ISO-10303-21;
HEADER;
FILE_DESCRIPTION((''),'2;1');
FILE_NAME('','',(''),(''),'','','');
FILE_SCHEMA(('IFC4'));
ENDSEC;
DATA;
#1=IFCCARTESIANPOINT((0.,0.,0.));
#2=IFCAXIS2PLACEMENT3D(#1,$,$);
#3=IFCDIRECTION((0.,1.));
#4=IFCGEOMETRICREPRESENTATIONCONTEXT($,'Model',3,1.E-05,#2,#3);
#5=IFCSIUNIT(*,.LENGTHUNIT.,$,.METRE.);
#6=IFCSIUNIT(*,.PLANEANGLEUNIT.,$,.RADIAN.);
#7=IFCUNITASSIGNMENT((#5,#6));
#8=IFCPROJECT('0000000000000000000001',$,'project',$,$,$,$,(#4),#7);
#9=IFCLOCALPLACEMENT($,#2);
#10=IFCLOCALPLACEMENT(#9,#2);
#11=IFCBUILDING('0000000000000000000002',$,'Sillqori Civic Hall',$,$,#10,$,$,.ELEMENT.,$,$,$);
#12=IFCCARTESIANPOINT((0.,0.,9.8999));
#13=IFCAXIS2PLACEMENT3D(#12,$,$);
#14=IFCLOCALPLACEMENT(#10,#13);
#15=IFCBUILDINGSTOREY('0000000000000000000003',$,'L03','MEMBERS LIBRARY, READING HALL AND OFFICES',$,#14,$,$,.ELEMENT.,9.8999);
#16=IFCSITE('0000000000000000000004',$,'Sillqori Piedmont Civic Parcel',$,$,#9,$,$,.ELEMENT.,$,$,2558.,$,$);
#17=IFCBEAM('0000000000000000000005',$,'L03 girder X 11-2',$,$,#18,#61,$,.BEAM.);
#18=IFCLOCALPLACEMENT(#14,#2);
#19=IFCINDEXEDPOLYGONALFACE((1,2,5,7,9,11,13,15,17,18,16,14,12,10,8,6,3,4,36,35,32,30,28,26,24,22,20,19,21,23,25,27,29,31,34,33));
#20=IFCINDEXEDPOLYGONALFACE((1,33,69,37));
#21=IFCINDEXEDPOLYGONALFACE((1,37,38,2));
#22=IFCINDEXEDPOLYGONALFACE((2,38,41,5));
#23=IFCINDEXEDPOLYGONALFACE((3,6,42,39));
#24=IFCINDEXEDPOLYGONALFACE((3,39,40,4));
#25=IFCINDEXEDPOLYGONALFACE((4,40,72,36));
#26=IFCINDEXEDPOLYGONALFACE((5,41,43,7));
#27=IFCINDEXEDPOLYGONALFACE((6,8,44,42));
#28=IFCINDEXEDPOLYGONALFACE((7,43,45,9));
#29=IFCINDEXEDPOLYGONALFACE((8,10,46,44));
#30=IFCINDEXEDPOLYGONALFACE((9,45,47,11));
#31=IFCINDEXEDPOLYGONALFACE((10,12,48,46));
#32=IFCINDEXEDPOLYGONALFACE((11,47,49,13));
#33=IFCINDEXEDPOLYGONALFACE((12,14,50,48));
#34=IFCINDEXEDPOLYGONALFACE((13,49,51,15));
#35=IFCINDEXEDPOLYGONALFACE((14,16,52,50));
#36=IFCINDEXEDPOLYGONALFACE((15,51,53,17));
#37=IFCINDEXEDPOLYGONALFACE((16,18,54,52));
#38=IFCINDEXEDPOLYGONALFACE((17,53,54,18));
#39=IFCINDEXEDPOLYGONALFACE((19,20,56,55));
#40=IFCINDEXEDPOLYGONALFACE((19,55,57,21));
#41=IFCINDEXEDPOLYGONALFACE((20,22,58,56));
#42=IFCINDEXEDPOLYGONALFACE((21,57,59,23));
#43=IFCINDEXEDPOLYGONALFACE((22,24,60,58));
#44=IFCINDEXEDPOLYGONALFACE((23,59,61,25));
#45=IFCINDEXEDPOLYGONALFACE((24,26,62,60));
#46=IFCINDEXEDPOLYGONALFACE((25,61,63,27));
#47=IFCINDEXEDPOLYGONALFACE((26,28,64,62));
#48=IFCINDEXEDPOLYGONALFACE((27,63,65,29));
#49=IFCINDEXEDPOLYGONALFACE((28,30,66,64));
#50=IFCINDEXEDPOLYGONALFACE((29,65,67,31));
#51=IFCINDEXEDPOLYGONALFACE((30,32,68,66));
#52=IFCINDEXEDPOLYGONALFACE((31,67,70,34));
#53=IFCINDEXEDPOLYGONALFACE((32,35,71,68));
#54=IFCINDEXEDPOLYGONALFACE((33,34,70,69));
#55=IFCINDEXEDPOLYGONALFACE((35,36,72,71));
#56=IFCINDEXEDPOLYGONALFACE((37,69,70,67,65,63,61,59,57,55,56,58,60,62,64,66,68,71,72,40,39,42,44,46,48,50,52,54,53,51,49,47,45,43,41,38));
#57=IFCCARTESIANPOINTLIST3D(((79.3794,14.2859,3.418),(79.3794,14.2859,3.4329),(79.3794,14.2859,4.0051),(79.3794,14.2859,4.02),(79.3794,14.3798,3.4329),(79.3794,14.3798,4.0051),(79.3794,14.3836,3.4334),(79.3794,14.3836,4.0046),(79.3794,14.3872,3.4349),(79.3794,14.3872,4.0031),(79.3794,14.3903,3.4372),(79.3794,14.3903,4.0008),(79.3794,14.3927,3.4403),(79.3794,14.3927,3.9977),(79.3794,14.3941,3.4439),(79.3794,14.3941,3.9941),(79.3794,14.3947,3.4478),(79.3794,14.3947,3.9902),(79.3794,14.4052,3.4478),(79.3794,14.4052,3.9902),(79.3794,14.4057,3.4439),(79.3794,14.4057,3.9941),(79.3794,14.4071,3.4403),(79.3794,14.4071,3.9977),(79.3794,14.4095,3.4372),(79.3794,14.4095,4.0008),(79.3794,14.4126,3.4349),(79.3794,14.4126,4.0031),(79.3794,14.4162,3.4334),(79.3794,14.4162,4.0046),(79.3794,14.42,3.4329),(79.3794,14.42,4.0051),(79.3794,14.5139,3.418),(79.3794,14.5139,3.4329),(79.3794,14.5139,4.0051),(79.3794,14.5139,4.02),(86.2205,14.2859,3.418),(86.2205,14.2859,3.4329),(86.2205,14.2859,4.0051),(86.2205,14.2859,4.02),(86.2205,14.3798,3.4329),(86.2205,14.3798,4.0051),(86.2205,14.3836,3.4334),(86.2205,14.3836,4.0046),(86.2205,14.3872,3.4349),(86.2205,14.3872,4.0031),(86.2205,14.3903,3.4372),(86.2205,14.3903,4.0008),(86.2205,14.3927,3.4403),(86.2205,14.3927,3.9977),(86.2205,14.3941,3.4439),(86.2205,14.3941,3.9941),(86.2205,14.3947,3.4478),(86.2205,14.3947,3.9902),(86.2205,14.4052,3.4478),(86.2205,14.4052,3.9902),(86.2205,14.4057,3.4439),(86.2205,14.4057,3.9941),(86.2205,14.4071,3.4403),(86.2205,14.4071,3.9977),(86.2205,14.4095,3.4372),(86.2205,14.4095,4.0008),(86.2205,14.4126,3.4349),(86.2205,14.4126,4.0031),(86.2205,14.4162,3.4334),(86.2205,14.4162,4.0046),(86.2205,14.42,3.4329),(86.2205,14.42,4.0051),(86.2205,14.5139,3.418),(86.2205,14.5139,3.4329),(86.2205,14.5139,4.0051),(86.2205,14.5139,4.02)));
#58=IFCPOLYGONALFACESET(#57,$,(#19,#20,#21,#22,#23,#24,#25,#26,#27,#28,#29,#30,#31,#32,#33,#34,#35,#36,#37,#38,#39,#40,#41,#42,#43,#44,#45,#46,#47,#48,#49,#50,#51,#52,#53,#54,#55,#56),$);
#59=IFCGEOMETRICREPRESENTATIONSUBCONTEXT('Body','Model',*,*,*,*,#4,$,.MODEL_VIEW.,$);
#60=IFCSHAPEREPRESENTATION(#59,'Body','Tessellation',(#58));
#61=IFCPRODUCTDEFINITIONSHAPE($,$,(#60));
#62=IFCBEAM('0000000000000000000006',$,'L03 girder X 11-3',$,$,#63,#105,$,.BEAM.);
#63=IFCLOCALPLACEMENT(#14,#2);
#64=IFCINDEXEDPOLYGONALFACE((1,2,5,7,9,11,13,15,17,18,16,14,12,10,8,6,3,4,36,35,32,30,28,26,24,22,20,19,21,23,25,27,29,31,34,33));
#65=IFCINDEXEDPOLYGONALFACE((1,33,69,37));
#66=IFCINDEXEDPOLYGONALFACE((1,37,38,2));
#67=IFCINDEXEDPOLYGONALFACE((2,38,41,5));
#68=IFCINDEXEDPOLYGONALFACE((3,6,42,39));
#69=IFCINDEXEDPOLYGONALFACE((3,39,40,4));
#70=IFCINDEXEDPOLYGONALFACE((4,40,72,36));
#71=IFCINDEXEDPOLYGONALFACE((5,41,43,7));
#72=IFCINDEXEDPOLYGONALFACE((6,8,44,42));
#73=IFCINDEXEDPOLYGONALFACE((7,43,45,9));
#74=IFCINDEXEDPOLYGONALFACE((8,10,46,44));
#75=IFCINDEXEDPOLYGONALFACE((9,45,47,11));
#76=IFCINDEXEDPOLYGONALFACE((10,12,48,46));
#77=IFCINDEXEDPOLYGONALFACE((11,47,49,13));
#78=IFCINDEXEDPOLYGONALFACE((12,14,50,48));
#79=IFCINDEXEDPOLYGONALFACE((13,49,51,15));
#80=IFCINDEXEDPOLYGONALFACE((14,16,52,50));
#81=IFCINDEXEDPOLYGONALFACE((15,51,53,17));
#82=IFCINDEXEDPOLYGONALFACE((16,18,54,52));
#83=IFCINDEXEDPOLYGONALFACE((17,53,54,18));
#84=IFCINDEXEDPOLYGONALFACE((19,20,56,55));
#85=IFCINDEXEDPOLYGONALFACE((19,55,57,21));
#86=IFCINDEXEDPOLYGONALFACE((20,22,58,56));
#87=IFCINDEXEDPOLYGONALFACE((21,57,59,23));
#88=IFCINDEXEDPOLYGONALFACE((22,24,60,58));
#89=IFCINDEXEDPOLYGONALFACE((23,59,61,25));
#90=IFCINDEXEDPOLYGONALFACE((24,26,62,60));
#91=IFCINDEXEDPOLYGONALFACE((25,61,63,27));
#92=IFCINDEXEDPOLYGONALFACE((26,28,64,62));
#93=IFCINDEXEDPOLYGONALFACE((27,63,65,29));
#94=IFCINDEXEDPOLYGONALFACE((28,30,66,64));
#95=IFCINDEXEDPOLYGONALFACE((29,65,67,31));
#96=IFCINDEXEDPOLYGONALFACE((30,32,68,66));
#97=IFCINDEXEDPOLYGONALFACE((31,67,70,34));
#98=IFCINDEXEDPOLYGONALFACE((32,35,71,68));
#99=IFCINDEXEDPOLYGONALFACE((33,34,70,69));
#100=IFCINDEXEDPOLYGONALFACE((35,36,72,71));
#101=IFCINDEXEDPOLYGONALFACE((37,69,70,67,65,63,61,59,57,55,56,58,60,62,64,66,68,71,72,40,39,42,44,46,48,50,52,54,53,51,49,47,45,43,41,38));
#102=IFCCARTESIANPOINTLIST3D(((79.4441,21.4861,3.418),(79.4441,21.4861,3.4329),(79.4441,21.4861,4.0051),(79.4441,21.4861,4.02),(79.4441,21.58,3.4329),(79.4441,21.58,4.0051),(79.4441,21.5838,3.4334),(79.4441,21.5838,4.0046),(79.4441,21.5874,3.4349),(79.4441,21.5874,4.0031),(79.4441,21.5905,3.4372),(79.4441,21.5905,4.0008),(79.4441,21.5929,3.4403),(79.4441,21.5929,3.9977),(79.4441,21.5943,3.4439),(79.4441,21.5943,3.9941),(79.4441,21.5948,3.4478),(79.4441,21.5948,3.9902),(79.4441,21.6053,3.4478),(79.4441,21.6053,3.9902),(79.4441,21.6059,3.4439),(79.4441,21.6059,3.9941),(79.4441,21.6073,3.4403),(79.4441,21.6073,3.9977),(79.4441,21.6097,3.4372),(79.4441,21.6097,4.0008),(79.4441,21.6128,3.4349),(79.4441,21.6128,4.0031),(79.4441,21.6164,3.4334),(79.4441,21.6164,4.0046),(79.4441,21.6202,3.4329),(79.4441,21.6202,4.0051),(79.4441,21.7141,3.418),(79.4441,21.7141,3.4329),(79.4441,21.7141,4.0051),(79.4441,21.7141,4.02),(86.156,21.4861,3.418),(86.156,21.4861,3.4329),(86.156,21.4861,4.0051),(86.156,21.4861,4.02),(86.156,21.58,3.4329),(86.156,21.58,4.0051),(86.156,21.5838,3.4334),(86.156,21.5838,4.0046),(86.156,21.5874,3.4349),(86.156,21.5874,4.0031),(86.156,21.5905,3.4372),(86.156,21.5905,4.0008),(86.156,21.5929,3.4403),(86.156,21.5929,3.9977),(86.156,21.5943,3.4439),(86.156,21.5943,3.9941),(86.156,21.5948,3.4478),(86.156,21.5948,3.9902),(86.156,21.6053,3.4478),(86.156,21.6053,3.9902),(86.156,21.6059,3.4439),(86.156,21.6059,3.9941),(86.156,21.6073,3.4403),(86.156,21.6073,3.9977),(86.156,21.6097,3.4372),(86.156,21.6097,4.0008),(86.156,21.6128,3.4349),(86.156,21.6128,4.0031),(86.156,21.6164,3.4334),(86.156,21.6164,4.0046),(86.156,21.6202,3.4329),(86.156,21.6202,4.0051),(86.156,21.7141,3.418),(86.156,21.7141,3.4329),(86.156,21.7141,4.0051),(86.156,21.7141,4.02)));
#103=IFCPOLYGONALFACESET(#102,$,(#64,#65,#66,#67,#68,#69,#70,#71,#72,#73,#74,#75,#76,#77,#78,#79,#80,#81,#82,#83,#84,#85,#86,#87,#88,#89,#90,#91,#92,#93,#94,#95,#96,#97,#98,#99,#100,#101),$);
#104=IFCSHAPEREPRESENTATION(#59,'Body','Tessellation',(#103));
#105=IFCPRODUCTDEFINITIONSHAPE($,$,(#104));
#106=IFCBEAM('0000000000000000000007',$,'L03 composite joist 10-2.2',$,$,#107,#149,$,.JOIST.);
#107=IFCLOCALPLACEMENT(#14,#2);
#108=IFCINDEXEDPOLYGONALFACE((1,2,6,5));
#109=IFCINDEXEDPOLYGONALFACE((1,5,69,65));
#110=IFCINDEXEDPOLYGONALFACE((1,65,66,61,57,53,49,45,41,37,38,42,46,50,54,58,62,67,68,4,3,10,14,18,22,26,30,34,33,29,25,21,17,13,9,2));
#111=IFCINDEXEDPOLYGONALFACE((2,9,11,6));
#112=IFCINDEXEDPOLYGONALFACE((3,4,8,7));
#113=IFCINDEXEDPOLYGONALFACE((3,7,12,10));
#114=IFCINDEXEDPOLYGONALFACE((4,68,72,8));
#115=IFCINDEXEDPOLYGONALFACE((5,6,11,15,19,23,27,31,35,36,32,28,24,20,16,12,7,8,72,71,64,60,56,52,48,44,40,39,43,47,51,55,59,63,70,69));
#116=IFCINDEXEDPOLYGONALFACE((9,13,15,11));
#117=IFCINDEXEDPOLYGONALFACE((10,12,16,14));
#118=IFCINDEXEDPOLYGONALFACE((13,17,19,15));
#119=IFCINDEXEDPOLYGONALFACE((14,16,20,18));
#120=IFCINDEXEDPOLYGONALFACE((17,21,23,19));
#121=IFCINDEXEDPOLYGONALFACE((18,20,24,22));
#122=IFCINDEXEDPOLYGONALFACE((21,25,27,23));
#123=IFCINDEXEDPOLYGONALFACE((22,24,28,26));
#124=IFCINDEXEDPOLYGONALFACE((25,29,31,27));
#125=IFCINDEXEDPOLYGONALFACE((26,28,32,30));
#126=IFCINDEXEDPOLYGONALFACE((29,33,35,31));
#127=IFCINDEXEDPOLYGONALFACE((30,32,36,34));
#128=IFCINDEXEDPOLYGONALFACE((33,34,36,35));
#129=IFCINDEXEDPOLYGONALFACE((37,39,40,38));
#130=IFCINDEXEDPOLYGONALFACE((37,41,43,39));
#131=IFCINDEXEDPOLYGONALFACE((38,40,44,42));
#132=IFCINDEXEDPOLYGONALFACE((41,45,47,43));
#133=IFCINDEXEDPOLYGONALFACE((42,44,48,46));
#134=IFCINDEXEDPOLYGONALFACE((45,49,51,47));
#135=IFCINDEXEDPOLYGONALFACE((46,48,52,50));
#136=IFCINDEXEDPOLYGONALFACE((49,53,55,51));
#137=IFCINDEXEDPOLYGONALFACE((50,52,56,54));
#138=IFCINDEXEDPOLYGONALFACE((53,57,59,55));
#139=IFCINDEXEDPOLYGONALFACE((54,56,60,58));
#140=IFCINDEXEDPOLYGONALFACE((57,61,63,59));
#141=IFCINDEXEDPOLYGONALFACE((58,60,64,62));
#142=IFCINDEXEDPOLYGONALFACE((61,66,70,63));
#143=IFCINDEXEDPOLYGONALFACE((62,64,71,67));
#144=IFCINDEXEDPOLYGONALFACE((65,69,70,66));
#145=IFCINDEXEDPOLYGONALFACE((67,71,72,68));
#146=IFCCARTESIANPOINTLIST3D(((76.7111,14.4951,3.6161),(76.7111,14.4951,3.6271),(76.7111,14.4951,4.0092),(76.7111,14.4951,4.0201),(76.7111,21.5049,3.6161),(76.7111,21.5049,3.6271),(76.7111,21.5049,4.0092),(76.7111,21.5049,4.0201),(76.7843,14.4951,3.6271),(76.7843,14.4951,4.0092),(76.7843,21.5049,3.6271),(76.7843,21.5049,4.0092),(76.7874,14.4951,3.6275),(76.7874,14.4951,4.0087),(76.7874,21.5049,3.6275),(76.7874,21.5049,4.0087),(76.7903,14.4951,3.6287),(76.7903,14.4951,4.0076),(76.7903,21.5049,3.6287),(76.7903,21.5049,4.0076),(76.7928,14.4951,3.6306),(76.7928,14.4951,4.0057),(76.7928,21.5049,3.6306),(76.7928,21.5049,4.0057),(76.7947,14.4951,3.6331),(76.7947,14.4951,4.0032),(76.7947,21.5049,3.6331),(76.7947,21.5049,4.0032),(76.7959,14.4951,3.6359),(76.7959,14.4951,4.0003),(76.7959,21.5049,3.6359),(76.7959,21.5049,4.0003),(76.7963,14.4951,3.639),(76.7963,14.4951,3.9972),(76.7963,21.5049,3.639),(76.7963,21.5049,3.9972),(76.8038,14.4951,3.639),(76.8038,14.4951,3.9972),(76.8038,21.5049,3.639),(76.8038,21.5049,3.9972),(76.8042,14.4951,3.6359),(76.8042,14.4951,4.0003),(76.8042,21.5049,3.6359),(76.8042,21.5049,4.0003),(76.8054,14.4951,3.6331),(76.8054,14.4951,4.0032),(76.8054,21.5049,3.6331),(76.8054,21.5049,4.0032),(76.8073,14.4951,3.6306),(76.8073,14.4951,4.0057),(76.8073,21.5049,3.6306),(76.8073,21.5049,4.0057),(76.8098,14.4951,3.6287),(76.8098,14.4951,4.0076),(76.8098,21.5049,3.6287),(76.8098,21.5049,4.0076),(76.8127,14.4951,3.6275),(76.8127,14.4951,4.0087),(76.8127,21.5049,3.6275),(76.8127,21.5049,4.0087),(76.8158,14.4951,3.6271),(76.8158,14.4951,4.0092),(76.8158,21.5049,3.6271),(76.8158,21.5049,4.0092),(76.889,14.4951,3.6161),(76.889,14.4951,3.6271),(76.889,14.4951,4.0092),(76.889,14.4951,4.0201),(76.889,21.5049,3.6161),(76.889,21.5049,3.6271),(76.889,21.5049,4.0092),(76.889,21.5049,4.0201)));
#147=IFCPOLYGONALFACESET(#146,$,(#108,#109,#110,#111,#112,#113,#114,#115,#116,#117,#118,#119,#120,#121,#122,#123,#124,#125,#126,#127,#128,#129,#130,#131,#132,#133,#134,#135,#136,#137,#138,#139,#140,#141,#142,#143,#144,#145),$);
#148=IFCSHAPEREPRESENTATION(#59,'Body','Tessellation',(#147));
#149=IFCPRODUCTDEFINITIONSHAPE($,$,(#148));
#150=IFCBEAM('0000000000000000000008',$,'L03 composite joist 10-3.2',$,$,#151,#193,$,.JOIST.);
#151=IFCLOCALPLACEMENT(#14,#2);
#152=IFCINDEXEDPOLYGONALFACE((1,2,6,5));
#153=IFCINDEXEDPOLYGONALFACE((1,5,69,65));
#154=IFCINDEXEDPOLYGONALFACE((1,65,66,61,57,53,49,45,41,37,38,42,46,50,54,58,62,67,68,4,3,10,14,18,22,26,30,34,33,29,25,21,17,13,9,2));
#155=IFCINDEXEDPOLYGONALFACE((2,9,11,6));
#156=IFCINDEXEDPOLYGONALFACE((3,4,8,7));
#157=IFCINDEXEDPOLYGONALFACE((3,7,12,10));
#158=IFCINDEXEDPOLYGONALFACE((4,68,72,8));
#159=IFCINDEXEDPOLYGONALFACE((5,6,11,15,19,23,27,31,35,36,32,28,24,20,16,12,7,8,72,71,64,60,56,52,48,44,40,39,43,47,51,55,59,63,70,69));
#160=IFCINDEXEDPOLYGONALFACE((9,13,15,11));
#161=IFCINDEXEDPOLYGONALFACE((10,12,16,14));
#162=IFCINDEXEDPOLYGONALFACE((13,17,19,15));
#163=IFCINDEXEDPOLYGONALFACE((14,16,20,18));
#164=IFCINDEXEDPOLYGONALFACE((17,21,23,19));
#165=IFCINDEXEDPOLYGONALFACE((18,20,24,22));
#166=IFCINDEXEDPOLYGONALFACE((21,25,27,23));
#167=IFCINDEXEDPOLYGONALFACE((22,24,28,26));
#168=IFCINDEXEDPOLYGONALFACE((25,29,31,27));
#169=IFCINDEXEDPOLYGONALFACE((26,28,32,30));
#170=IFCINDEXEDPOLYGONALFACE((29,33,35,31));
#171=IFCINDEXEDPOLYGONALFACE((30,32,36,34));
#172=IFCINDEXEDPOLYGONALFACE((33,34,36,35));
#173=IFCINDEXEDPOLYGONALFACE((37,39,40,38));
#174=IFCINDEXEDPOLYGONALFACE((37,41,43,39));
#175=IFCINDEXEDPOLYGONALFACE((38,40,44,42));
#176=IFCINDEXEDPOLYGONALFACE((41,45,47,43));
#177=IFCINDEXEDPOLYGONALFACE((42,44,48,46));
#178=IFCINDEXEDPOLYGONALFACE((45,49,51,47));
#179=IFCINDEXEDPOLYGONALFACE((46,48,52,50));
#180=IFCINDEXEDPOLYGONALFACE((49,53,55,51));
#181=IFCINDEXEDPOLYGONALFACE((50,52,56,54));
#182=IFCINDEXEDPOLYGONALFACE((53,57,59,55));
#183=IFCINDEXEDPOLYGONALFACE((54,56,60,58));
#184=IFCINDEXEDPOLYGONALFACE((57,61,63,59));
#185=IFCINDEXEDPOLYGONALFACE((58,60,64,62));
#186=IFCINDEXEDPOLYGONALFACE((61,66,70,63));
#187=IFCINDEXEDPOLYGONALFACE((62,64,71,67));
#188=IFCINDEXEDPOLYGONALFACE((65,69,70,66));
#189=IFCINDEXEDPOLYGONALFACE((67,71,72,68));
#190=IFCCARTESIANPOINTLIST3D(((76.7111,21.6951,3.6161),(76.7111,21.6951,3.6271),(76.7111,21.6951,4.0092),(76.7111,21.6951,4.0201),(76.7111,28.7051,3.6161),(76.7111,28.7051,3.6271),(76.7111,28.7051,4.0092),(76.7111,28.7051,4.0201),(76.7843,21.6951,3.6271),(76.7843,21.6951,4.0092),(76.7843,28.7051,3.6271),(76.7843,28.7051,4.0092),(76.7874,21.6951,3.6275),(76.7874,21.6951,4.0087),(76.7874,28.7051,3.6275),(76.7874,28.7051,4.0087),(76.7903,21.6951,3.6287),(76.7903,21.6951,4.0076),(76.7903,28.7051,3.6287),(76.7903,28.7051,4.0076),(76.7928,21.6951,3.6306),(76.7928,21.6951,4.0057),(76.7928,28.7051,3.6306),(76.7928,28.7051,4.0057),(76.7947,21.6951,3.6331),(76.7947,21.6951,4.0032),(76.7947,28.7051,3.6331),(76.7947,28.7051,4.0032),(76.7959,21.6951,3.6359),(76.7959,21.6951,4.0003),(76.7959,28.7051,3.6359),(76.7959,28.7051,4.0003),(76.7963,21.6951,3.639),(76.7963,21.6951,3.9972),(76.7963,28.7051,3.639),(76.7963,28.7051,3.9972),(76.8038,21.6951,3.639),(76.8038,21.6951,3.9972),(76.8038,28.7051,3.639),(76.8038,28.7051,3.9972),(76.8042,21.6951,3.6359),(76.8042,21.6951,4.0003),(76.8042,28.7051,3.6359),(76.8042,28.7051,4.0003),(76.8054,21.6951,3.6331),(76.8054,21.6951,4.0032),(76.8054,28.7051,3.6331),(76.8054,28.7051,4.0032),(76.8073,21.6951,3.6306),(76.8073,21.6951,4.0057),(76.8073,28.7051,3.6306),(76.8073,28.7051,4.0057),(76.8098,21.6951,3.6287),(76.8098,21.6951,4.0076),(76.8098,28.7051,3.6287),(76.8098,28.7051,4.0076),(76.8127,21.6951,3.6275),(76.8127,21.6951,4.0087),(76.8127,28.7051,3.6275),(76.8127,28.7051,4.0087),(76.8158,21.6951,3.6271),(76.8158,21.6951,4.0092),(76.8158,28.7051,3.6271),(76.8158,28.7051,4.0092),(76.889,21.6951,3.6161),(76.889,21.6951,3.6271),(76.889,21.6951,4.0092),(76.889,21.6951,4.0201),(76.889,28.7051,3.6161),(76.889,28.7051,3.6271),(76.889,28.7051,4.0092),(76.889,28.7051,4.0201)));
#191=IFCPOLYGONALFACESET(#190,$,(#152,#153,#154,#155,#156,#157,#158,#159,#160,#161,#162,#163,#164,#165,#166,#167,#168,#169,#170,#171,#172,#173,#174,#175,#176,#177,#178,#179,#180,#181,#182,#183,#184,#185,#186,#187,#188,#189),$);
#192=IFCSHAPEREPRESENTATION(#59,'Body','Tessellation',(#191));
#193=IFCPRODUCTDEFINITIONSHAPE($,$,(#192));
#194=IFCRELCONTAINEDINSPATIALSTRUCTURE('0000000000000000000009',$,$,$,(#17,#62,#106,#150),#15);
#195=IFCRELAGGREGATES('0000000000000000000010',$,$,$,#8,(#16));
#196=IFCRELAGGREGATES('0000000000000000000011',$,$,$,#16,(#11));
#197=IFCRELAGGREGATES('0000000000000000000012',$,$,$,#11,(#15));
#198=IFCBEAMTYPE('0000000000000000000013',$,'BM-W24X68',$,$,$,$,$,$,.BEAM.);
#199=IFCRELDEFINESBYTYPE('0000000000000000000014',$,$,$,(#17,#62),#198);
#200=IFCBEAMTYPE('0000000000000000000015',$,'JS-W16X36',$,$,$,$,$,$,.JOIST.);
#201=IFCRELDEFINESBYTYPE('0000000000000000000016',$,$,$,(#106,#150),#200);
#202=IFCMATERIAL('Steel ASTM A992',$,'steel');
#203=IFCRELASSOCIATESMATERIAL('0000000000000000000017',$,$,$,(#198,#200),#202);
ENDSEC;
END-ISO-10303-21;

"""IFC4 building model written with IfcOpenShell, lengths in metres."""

from ifc_helpers import new_model, si_unit, direction, frame, origin, origin_2d, place, context, subcontext, project, spatial, i_section, extrude, material, material_profile, profile_set, type_object, element, save


model = new_model("IFC4")

# Units and contexts
model_context = context("Model", 3, precision=1e-05, world=origin(), true_north=direction((0.0, 1.0)))
body_context = subcontext(model_context, "Body", "Model", "MODEL_VIEW")
ifc_project = project(units=[si_unit("LENGTHUNIT", "METRE"), si_unit("PLANEANGLEUNIT", "RADIAN")], contexts=[model_context])

# Site, building, storey
site_placement = place(None, origin())
site = spatial("IfcSite", under=ifc_project, at=site_placement, Name="Sillqori Piedmont Civic Parcel", CompositionType="ELEMENT", RefElevation=2558.0)
building_placement = place(site_placement, origin())
building = spatial("IfcBuilding", under=site, at=building_placement, Name="Sillqori Civic Hall", CompositionType="ELEMENT")
storey_placement = place(building_placement, frame((0.0, 0.0, 9.8999)))
storey = spatial("IfcBuildingStorey", under=building, at=storey_placement, Name="L03", Description="MEMBERS LIBRARY, READING HALL AND OFFICES", CompositionType="ELEMENT", Elevation=9.8999)

# Shared definitions
ifc_material_1 = material(Name="Steel ASTM A992", Category="steel")

# Beams
ifc_material_profile_1 = material_profile(ifc_material_1, i_section(OverallWidth=0.228, OverallDepth=0.6021, WebThickness=0.0105, FlangeThickness=0.0149, FilletRadius=0.0149, at=origin_2d()), Name="W24X68")
ifc_profile_set_1 = profile_set([ifc_material_profile_1], Name="Steel ASTM A992")
beam_type_1 = type_object("IfcBeamType", Name="BM-W24X68", PredefinedType="BEAM", material=ifc_profile_set_1)
beam_1_placement = place(storey_placement, frame((79.3794, 14.3999, 3.719), z_axis=(1.0, 0.0, 0.0), x_axis=(0.0, 1.0, 0.0)))
element("IfcBeam", 1, at=beam_1_placement, inside=storey, type_object=beam_type_1, Name="L03 girder X 11-2", PredefinedType="BEAM", context=body_context, shape_type="SweptSolid", body=[
    extrude(i_section(OverallWidth=0.228, OverallDepth=0.6021, WebThickness=0.0105, FlangeThickness=0.0149, FilletRadius=0.0149, at=origin_2d()), origin(), (0.0, 0.0, 1.0), 6.8411),
])
beam_2_placement = place(storey_placement, frame((79.4441, 21.6001, 3.719), z_axis=(1.0, 0.0, 0.0), x_axis=(0.0, 1.0, 0.0)))
element("IfcBeam", 2, at=beam_2_placement, inside=storey, type_object=beam_type_1, Name="L03 girder X 11-3", PredefinedType="BEAM", context=body_context, shape_type="SweptSolid", body=[
    extrude(i_section(OverallWidth=0.228, OverallDepth=0.6021, WebThickness=0.0105, FlangeThickness=0.0149, FilletRadius=0.0149, at=origin_2d()), origin(), (0.0, 0.0, 1.0), 6.7119),
])
ifc_material_profile_2 = material_profile(ifc_material_1, i_section(OverallWidth=0.178, OverallDepth=0.4041, WebThickness=0.0076, FlangeThickness=0.011, FilletRadius=0.012, at=origin_2d()), Name="W16X36")
ifc_profile_set_2 = profile_set([ifc_material_profile_2], Name="Steel ASTM A992")
beam_type_2 = type_object("IfcBeamType", Name="JS-W16X36", PredefinedType="JOIST", material=ifc_profile_set_2)
beam_3_placement = place(storey_placement, frame((76.8, 14.4951, 3.8181), z_axis=(0.0, 1.0, 0.0), x_axis=(-1.0, 0.0, 0.0)))
element("IfcBeam", 3, at=beam_3_placement, inside=storey, type_object=beam_type_2, Name="L03 composite joist 10-2.2", PredefinedType="JOIST", context=body_context, shape_type="SweptSolid", body=[
    extrude(i_section(OverallWidth=0.178, OverallDepth=0.4041, WebThickness=0.0076, FlangeThickness=0.011, FilletRadius=0.012, at=origin_2d()), origin(), (0.0, 0.0, 1.0), 7.0098),
])
beam_4_placement = place(storey_placement, frame((76.8, 21.6951, 3.8181), z_axis=(0.0, 1.0, 0.0), x_axis=(-1.0, 0.0, 0.0)))
element("IfcBeam", 4, at=beam_4_placement, inside=storey, type_object=beam_type_2, Name="L03 composite joist 10-3.2", PredefinedType="JOIST", context=body_context, shape_type="SweptSolid", body=[
    extrude(i_section(OverallWidth=0.178, OverallDepth=0.4041, WebThickness=0.0076, FlangeThickness=0.011, FilletRadius=0.012, at=origin_2d()), origin(), (0.0, 0.0, 1.0), 7.01),
])

save(model, "model.ifc")
